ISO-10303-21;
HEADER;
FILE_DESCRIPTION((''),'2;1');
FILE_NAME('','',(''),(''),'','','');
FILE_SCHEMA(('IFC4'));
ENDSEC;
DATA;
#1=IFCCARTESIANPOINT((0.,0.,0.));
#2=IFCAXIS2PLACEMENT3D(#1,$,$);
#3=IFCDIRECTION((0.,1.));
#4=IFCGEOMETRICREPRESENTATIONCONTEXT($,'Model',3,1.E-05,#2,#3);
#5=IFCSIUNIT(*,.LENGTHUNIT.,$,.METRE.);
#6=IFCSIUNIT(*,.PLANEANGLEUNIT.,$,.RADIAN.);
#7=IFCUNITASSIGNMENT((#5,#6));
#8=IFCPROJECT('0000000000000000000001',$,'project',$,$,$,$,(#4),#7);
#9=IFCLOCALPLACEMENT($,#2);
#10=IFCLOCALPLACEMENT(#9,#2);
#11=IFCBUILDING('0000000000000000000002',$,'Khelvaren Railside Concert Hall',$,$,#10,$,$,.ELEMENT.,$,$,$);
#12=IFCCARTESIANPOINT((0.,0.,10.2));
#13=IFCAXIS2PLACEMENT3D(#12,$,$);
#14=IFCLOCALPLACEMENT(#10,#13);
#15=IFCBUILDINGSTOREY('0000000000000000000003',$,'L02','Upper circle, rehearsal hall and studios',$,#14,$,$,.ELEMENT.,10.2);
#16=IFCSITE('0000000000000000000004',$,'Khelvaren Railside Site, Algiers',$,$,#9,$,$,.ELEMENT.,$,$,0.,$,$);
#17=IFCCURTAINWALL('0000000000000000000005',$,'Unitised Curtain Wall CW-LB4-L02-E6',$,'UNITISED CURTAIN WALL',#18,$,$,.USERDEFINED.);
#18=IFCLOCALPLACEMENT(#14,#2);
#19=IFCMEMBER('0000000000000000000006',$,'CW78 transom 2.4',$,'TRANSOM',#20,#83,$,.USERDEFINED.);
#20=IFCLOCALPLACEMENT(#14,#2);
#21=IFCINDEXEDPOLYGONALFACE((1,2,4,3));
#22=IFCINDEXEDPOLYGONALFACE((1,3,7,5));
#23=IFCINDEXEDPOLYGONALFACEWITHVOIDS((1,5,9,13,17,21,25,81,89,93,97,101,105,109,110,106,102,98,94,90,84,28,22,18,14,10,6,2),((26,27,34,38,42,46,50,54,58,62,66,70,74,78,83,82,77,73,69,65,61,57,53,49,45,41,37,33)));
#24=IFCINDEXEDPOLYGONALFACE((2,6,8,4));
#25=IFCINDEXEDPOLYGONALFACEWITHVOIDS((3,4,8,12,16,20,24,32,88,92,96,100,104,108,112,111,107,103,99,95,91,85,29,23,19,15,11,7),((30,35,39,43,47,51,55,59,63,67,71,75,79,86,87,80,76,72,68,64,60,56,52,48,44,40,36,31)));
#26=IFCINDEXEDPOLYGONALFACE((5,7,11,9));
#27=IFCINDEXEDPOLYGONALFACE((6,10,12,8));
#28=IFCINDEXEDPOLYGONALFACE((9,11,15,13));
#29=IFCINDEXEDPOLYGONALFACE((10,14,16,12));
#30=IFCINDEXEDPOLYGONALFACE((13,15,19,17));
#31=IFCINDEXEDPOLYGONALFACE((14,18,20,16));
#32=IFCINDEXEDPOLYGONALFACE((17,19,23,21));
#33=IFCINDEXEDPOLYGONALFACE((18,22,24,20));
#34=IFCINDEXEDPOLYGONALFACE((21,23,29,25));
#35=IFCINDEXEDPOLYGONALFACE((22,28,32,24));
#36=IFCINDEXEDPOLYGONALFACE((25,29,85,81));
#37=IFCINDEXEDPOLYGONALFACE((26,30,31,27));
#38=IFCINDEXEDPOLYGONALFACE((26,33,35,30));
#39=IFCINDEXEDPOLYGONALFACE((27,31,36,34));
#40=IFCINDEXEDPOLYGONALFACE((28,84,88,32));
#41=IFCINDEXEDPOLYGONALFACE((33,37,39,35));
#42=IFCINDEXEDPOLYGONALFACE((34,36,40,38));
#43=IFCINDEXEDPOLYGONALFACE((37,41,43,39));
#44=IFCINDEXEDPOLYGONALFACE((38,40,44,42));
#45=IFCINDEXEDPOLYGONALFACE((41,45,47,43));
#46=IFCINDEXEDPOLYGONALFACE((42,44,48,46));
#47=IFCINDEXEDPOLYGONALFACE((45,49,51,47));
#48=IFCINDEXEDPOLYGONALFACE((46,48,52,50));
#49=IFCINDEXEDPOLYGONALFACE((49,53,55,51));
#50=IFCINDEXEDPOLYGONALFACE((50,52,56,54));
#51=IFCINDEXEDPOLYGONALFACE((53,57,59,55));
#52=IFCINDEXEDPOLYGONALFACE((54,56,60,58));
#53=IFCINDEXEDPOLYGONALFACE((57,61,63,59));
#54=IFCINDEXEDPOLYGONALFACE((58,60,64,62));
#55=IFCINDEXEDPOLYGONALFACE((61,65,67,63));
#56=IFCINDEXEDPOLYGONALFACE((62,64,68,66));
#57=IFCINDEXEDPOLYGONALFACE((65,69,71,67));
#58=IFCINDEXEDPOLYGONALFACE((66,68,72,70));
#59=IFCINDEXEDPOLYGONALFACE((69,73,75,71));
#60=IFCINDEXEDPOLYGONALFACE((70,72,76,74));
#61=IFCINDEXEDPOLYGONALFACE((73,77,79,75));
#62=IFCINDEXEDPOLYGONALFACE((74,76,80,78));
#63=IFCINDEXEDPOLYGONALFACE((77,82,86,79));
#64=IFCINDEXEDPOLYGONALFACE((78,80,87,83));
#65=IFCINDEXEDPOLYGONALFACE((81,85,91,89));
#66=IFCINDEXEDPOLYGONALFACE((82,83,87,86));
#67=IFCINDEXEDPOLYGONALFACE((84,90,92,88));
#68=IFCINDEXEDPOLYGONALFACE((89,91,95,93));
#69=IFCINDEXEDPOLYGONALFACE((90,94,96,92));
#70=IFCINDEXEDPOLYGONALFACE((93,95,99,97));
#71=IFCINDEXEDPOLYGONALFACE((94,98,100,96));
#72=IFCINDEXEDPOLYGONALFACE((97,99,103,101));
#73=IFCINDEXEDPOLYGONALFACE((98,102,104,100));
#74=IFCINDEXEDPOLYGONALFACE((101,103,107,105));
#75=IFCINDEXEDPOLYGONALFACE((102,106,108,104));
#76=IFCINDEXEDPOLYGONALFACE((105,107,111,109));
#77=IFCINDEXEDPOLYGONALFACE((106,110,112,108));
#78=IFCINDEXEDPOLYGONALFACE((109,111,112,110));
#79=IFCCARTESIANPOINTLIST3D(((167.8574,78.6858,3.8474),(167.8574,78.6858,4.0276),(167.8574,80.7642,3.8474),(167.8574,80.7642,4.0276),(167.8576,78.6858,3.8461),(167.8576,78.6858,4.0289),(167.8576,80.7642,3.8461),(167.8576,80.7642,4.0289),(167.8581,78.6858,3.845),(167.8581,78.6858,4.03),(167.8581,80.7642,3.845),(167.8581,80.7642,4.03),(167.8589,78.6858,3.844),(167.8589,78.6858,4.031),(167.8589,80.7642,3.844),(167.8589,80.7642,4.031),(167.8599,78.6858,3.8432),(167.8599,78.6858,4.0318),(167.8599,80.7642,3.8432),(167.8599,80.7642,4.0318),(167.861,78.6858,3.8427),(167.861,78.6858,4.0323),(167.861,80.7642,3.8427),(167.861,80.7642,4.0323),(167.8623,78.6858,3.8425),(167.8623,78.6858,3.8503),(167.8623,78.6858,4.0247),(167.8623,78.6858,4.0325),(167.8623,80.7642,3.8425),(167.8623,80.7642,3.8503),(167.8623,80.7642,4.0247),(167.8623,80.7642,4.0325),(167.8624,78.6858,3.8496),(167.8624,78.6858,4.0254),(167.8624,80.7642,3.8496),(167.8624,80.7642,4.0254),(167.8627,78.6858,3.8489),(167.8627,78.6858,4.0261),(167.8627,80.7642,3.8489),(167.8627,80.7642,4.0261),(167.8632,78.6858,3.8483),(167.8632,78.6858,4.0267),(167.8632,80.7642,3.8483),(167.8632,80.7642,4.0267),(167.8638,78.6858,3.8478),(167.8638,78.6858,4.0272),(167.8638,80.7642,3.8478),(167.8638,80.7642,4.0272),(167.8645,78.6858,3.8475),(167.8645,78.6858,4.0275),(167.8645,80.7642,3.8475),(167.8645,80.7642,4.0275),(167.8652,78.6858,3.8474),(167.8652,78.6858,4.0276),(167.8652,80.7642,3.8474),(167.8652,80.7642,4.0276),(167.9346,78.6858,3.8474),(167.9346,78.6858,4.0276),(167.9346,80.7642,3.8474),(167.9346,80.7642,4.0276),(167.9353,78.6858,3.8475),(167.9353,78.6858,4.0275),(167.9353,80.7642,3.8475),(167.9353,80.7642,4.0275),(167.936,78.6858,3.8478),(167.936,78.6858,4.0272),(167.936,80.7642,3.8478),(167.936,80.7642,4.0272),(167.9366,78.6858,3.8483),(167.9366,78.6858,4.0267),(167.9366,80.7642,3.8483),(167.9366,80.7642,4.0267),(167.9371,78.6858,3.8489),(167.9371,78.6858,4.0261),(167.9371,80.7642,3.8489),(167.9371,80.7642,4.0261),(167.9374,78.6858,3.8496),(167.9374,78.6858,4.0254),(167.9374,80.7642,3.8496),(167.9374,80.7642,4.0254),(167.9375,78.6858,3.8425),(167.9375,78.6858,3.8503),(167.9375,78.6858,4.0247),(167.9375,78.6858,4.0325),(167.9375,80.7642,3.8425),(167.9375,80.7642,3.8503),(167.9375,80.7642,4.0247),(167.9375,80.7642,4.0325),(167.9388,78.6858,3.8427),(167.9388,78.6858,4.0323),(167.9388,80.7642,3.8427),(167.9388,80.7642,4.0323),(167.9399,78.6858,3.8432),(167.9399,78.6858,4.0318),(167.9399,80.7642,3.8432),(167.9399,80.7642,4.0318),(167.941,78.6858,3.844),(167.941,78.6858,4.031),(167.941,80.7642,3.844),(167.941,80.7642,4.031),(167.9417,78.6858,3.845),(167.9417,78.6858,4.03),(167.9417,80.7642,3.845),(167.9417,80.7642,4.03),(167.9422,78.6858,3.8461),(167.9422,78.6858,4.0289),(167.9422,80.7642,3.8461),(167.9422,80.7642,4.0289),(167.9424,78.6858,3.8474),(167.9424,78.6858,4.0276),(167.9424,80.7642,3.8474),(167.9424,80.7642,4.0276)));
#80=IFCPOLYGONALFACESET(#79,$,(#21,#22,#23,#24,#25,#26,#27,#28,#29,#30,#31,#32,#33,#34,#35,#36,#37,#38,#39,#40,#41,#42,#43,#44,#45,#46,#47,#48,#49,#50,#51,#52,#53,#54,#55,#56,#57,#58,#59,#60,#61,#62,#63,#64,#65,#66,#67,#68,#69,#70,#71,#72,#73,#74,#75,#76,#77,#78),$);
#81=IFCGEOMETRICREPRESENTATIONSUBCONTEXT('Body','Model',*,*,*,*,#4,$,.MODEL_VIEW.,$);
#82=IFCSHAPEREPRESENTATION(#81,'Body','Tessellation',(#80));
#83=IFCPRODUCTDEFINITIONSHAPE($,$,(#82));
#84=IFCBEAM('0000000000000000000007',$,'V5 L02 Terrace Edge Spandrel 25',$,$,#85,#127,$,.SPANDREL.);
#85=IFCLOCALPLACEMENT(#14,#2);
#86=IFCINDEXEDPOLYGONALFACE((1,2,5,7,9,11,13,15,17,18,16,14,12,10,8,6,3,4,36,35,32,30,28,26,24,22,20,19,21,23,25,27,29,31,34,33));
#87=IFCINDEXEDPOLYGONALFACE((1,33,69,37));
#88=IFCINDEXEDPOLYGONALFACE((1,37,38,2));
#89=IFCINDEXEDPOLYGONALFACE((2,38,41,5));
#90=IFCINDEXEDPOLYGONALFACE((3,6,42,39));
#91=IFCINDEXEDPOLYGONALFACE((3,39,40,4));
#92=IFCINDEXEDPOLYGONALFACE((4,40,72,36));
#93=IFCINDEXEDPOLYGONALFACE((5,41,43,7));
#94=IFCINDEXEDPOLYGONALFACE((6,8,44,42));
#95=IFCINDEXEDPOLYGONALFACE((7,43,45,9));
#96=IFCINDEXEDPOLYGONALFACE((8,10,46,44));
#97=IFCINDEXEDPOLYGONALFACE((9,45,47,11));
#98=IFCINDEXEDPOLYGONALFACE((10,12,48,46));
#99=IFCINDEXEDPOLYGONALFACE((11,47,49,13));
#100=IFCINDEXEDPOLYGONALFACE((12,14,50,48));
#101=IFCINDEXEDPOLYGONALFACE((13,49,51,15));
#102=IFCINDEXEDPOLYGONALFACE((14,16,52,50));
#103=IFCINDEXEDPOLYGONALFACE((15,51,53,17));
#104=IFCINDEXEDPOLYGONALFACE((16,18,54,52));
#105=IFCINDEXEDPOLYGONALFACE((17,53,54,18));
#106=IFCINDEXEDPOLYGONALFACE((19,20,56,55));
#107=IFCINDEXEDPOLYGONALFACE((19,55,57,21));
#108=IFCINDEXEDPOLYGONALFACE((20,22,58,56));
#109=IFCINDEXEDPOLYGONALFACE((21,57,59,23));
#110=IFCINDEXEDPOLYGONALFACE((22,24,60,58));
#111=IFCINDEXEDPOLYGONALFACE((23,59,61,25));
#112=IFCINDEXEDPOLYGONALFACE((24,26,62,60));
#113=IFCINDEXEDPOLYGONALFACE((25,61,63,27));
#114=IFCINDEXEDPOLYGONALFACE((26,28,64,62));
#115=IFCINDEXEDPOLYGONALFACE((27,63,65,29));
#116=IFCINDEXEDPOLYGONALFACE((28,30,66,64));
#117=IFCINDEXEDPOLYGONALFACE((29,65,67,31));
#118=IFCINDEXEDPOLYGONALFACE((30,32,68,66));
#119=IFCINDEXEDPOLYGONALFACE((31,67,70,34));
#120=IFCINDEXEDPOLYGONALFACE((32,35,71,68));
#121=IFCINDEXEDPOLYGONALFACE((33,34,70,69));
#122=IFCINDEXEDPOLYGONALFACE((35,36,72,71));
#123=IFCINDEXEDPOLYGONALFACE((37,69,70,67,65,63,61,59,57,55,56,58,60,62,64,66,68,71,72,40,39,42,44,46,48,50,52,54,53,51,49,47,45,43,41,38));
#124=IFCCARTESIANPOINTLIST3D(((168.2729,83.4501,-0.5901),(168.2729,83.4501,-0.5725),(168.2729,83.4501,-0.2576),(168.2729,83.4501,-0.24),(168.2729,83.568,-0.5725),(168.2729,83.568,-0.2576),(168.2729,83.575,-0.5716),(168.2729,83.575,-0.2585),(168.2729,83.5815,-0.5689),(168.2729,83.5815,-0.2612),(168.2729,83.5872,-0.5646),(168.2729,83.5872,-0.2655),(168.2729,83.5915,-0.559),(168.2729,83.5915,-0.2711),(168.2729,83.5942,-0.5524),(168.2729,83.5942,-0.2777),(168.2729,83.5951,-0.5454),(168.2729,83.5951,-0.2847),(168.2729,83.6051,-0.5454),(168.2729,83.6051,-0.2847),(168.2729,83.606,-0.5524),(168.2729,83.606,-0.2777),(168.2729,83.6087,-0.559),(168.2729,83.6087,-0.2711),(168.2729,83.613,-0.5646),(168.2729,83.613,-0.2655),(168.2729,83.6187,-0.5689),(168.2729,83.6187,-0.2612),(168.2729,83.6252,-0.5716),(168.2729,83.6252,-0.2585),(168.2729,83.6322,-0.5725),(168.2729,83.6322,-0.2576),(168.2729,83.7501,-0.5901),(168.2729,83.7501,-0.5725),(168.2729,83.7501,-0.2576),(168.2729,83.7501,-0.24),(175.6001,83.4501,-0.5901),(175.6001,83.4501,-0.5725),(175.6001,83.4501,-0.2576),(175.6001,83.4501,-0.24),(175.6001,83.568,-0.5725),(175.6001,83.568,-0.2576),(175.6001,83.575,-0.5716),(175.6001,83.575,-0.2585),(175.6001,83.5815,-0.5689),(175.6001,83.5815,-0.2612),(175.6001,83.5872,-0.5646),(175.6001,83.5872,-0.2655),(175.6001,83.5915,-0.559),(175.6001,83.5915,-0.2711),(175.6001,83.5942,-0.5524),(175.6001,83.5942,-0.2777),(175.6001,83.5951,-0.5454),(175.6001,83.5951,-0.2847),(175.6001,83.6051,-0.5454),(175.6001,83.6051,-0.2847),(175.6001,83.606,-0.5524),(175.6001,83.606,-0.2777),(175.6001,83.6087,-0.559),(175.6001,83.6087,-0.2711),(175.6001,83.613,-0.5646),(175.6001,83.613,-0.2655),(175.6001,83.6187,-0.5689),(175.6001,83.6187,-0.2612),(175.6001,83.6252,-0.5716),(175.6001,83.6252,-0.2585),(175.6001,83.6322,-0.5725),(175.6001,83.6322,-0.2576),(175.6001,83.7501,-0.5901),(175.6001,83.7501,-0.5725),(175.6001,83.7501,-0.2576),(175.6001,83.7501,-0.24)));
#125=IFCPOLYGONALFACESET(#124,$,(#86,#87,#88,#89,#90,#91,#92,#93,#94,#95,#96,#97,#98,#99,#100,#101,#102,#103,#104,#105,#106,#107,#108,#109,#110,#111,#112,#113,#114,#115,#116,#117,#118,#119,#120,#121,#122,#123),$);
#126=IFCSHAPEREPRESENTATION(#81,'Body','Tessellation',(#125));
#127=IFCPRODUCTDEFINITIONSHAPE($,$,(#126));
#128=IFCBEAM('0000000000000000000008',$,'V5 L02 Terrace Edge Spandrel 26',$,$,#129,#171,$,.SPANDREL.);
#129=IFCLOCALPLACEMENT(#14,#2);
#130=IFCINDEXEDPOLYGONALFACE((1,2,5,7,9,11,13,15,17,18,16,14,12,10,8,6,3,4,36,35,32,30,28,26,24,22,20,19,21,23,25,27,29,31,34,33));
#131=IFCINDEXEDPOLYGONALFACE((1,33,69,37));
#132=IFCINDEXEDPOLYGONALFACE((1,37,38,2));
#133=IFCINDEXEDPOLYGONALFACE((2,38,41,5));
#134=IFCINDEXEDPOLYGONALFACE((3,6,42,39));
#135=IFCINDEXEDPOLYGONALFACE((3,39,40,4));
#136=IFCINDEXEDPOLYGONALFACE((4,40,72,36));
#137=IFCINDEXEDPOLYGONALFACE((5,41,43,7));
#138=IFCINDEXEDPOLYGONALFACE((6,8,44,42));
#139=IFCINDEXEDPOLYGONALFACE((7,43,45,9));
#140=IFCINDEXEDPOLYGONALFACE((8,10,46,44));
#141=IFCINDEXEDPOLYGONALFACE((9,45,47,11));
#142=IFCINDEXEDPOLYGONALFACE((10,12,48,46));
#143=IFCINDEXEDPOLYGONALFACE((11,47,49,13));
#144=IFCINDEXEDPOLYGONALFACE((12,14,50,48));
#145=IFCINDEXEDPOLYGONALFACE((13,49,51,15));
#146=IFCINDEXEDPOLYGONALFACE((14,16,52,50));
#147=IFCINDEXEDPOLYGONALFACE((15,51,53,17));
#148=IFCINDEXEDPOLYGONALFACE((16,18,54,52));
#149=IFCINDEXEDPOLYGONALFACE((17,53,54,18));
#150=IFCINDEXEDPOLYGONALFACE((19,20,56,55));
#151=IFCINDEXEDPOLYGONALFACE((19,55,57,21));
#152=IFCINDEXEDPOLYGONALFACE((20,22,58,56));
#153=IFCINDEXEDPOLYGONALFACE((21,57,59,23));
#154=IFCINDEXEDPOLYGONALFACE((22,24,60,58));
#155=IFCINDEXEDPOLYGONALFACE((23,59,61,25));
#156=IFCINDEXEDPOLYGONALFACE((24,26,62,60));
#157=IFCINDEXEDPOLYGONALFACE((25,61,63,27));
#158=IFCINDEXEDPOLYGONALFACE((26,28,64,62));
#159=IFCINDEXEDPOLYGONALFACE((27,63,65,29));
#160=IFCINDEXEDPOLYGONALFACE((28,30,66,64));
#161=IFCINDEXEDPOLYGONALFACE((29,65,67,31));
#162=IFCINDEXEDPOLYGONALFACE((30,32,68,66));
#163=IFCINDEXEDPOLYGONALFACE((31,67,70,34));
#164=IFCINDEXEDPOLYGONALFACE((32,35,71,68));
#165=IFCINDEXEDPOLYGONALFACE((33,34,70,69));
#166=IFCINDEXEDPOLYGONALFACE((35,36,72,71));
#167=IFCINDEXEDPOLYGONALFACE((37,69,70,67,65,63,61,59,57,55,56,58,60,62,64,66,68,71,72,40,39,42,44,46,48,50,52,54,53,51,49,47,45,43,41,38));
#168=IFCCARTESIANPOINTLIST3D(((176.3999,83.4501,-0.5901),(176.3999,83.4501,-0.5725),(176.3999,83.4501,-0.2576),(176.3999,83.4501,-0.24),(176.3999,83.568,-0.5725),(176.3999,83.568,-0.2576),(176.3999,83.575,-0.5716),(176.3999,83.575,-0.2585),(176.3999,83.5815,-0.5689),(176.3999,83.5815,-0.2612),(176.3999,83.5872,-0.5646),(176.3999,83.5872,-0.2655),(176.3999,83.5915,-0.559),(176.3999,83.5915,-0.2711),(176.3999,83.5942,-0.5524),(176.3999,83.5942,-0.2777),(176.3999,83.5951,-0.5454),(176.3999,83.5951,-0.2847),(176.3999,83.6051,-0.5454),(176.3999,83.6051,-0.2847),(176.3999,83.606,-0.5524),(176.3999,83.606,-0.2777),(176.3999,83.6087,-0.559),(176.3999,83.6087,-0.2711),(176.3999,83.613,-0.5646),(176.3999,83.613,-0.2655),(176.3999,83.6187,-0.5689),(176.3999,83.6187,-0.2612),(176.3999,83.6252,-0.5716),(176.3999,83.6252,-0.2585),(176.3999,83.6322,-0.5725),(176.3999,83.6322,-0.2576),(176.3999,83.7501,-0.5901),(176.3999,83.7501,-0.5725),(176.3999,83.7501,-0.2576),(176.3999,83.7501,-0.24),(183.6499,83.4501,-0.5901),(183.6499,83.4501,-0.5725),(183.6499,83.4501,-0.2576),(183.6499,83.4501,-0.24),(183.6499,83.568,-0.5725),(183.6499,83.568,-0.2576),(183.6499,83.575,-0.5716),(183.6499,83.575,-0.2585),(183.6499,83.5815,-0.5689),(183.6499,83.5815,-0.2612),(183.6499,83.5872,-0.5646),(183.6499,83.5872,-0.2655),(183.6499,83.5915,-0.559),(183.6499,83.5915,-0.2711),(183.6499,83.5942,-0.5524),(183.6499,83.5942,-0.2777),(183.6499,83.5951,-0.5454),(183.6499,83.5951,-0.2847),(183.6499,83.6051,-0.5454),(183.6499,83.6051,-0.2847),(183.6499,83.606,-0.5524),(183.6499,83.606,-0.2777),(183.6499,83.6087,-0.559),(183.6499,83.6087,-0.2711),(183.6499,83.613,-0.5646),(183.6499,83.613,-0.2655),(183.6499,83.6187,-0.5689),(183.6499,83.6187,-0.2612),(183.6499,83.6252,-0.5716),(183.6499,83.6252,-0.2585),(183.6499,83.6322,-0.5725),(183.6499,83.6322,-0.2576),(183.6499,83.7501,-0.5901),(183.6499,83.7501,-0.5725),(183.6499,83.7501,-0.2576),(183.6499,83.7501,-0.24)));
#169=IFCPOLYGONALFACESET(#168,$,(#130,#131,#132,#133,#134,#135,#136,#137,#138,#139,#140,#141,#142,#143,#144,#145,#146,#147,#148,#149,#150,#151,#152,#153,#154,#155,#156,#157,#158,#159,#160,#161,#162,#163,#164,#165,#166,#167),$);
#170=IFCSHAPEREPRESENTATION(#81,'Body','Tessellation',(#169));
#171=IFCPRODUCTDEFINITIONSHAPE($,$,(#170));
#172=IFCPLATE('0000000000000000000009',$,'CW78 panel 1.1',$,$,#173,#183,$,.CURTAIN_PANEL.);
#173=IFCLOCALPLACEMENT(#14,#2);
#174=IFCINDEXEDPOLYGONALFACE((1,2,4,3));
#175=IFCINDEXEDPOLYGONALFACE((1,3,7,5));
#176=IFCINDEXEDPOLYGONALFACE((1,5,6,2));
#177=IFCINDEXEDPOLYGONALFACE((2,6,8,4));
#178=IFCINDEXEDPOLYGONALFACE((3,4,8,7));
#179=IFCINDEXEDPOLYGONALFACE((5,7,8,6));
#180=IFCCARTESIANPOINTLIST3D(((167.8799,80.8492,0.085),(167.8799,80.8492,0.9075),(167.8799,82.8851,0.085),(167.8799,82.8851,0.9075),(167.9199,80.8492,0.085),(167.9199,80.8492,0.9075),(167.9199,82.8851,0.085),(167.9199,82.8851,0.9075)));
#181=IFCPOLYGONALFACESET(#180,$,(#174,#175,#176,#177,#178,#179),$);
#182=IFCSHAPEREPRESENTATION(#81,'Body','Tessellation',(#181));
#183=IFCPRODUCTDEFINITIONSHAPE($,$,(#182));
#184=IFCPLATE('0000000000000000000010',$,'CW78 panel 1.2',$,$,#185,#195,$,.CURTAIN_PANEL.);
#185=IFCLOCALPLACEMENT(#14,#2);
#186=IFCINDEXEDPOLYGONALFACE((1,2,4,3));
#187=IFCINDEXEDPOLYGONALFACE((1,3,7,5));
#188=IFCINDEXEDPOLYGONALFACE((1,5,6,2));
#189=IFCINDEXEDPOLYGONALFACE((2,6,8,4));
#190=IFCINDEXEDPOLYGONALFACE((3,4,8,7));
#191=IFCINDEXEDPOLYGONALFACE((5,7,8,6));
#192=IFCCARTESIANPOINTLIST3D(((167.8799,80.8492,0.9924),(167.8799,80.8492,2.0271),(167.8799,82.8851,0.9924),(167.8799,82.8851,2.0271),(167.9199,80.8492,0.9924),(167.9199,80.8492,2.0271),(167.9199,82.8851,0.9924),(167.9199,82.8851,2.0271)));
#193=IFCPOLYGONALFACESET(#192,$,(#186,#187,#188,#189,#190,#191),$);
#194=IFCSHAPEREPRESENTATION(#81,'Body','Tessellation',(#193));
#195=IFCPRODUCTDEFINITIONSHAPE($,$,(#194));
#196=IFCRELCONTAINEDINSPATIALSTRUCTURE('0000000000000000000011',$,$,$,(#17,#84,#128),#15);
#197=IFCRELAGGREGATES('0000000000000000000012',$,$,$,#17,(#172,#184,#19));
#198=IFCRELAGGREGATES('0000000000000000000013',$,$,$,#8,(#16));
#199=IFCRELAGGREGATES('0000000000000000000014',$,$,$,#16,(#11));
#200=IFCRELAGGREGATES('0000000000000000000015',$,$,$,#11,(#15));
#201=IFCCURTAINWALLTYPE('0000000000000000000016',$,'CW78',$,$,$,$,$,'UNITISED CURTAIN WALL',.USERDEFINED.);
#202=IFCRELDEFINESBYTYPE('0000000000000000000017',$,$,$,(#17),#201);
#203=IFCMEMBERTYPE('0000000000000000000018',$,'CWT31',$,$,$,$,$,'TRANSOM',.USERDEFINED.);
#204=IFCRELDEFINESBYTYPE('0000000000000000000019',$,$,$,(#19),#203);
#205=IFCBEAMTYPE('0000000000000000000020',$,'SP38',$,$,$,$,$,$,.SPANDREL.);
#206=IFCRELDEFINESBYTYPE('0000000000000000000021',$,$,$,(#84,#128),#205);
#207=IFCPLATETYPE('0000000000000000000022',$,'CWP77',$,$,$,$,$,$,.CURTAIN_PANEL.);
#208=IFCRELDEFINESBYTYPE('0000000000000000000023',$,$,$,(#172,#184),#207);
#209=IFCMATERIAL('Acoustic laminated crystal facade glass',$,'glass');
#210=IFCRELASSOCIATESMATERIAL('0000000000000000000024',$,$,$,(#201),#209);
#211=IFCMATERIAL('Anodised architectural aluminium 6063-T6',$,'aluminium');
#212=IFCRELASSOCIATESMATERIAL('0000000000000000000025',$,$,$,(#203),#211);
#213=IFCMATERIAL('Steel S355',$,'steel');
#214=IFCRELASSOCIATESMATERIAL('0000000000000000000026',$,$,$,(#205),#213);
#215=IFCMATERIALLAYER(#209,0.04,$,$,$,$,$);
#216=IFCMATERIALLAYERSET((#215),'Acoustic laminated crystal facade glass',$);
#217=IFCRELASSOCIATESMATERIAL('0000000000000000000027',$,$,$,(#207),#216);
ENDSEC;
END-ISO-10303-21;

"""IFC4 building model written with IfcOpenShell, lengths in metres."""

from ifc_helpers import new_model, si_unit, direction, frame, origin, origin_2d, place, context, subcontext, project, spatial, rectangle, hollow_rectangle, i_section, extrude, material, layer, layer_set, material_profile, profile_set, type_object, element, aggregate, save


model = new_model("IFC4")

# Units and contexts
model_context = context("Model", 3, precision=1e-05, world=origin(), true_north=direction((0.0, 1.0)))
body_context = subcontext(model_context, "Body", "Model", "MODEL_VIEW")
ifc_project = project(units=[si_unit("LENGTHUNIT", "METRE"), si_unit("PLANEANGLEUNIT", "RADIAN")], contexts=[model_context])

# Site, building, storey
site_placement = place(None, origin())
site = spatial("IfcSite", under=ifc_project, at=site_placement, Name="Khelvaren Railside Site, Algiers", CompositionType="ELEMENT", RefElevation=0.0)
building_placement = place(site_placement, origin())
building = spatial("IfcBuilding", under=site, at=building_placement, Name="Khelvaren Railside Concert Hall", CompositionType="ELEMENT")
storey_placement = place(building_placement, frame((0.0, 0.0, 10.2)))
storey = spatial("IfcBuildingStorey", under=building, at=storey_placement, Name="L02", Description="Upper circle, rehearsal hall and studios", CompositionType="ELEMENT", Elevation=10.2)

# Curtain wall, member
ifc_material_1 = material(Name="Acoustic laminated crystal facade glass", Category="glass")
curtain_wall_type = type_object("IfcCurtainWallType", Name="CW78", ElementType="UNITISED CURTAIN WALL", PredefinedType="USERDEFINED", material=ifc_material_1)
curtain_wall_placement = place(storey_placement, origin())
curtain_wall = element("IfcCurtainWall", 1, at=curtain_wall_placement, inside=storey, type_object=curtain_wall_type, Name="Unitised Curtain Wall CW-LB4-L02-E6", ObjectType="UNITISED CURTAIN WALL", PredefinedType="USERDEFINED")
ifc_material_2 = material(Name="Anodised architectural aluminium 6063-T6", Category="aluminium")
ifc_material_profile_1 = material_profile(ifc_material_2, hollow_rectangle(XDim=0.085, YDim=0.1899, WallThickness=0.0049, InnerFilletRadius=0.0029, OuterFilletRadius=0.0049, at=origin_2d()), Name="CWT 85x190x5")
ifc_profile_set_1 = profile_set([ifc_material_profile_1], Name="Anodised architectural aluminium 6063-T6")
member_type_1 = type_object("IfcMemberType", Name="CWT31", ElementType="TRANSOM", PredefinedType="USERDEFINED", material=ifc_profile_set_1)
member_1_placement = place(storey_placement, frame((167.8999, 80.7642, 3.9375), z_axis=(0.0, -1.0, 0.0), x_axis=(1.0, 0.0, 0.0)))
member_1 = element("IfcMember", 2, at=member_1_placement, type_object=member_type_1, Name="CW78 transom 2.4", ObjectType="TRANSOM", PredefinedType="USERDEFINED", context=body_context, shape_type="SweptSolid", body=[
    extrude(hollow_rectangle(XDim=0.085, YDim=0.1899, WallThickness=0.0049, InnerFilletRadius=0.0029, OuterFilletRadius=0.0049, at=origin_2d()), origin(), (0.0, 0.0, 1.0), 2.0784),
])

# Beams
ifc_material_3 = material(Name="Steel S355", Category="steel")
ifc_material_profile_2 = material_profile(ifc_material_3, i_section(OverallWidth=0.3, OverallDepth=0.3501, WebThickness=0.01, FlangeThickness=0.0176, FilletRadius=0.0271, at=origin_2d()), Name="HEA 360")
ifc_profile_set_2 = profile_set([ifc_material_profile_2], Name="Steel S355")
beam_type_1 = type_object("IfcBeamType", Name="SP38", PredefinedType="SPANDREL", material=ifc_profile_set_2)
beam_1_placement = place(storey_placement, frame((168.2729, 83.6001, -0.415), z_axis=(1.0, 0.0, 0.0), x_axis=(0.0, 1.0, 0.0)))
element("IfcBeam", 3, at=beam_1_placement, inside=storey, type_object=beam_type_1, Name="V5 L02 Terrace Edge Spandrel 25", PredefinedType="SPANDREL", context=body_context, shape_type="SweptSolid", body=[
    extrude(i_section(OverallWidth=0.3, OverallDepth=0.3501, WebThickness=0.01, FlangeThickness=0.0176, FilletRadius=0.0271, at=origin_2d()), origin(), (0.0, 0.0, 1.0), 7.3271),
])
beam_2_placement = place(storey_placement, frame((176.3999, 83.6001, -0.415), z_axis=(1.0, 0.0, 0.0), x_axis=(0.0, 1.0, 0.0)))
element("IfcBeam", 4, at=beam_2_placement, inside=storey, type_object=beam_type_1, Name="V5 L02 Terrace Edge Spandrel 26", PredefinedType="SPANDREL", context=body_context, shape_type="SweptSolid", body=[
    extrude(i_section(OverallWidth=0.3, OverallDepth=0.3501, WebThickness=0.01, FlangeThickness=0.0176, FilletRadius=0.0271, at=origin_2d()), origin(), (0.0, 0.0, 1.0), 7.25),
])

# Plates
ifc_layer = layer(ifc_material_1, 0.04)
ifc_layer_set = layer_set([ifc_layer], Name="Acoustic laminated crystal facade glass")
plate_type = type_object("IfcPlateType", Name="CWP77", PredefinedType="CURTAIN_PANEL", material=ifc_layer_set)
plate_1_placement = place(storey_placement, frame((167.8999, 81.8672, 0.085), z_axis=(0.0, 0.0, 1.0), x_axis=(0.0, -1.0, 0.0)))
plate_1 = element("IfcPlate", 5, at=plate_1_placement, type_object=plate_type, Name="CW78 panel 1.1", PredefinedType="CURTAIN_PANEL", context=body_context, shape_type="SweptSolid", body=[
    extrude(rectangle(XDim=2.0359, YDim=0.04, at=origin_2d()), origin(), (0.0, 0.0, 1.0), 0.8225),
])
plate_2_placement = place(storey_placement, frame((167.8999, 81.8672, 0.9924), z_axis=(0.0, 0.0, 1.0), x_axis=(0.0, -1.0, 0.0)))
plate_2 = element("IfcPlate", 6, at=plate_2_placement, type_object=plate_type, Name="CW78 panel 1.2", PredefinedType="CURTAIN_PANEL", context=body_context, shape_type="SweptSolid", body=[
    extrude(rectangle(XDim=2.0359, YDim=0.04, at=origin_2d()), origin(), (0.0, 0.0, 1.0), 1.0347),
])
aggregate(curtain_wall, [plate_1, plate_2, member_1])

save(model, "model.ifc")
